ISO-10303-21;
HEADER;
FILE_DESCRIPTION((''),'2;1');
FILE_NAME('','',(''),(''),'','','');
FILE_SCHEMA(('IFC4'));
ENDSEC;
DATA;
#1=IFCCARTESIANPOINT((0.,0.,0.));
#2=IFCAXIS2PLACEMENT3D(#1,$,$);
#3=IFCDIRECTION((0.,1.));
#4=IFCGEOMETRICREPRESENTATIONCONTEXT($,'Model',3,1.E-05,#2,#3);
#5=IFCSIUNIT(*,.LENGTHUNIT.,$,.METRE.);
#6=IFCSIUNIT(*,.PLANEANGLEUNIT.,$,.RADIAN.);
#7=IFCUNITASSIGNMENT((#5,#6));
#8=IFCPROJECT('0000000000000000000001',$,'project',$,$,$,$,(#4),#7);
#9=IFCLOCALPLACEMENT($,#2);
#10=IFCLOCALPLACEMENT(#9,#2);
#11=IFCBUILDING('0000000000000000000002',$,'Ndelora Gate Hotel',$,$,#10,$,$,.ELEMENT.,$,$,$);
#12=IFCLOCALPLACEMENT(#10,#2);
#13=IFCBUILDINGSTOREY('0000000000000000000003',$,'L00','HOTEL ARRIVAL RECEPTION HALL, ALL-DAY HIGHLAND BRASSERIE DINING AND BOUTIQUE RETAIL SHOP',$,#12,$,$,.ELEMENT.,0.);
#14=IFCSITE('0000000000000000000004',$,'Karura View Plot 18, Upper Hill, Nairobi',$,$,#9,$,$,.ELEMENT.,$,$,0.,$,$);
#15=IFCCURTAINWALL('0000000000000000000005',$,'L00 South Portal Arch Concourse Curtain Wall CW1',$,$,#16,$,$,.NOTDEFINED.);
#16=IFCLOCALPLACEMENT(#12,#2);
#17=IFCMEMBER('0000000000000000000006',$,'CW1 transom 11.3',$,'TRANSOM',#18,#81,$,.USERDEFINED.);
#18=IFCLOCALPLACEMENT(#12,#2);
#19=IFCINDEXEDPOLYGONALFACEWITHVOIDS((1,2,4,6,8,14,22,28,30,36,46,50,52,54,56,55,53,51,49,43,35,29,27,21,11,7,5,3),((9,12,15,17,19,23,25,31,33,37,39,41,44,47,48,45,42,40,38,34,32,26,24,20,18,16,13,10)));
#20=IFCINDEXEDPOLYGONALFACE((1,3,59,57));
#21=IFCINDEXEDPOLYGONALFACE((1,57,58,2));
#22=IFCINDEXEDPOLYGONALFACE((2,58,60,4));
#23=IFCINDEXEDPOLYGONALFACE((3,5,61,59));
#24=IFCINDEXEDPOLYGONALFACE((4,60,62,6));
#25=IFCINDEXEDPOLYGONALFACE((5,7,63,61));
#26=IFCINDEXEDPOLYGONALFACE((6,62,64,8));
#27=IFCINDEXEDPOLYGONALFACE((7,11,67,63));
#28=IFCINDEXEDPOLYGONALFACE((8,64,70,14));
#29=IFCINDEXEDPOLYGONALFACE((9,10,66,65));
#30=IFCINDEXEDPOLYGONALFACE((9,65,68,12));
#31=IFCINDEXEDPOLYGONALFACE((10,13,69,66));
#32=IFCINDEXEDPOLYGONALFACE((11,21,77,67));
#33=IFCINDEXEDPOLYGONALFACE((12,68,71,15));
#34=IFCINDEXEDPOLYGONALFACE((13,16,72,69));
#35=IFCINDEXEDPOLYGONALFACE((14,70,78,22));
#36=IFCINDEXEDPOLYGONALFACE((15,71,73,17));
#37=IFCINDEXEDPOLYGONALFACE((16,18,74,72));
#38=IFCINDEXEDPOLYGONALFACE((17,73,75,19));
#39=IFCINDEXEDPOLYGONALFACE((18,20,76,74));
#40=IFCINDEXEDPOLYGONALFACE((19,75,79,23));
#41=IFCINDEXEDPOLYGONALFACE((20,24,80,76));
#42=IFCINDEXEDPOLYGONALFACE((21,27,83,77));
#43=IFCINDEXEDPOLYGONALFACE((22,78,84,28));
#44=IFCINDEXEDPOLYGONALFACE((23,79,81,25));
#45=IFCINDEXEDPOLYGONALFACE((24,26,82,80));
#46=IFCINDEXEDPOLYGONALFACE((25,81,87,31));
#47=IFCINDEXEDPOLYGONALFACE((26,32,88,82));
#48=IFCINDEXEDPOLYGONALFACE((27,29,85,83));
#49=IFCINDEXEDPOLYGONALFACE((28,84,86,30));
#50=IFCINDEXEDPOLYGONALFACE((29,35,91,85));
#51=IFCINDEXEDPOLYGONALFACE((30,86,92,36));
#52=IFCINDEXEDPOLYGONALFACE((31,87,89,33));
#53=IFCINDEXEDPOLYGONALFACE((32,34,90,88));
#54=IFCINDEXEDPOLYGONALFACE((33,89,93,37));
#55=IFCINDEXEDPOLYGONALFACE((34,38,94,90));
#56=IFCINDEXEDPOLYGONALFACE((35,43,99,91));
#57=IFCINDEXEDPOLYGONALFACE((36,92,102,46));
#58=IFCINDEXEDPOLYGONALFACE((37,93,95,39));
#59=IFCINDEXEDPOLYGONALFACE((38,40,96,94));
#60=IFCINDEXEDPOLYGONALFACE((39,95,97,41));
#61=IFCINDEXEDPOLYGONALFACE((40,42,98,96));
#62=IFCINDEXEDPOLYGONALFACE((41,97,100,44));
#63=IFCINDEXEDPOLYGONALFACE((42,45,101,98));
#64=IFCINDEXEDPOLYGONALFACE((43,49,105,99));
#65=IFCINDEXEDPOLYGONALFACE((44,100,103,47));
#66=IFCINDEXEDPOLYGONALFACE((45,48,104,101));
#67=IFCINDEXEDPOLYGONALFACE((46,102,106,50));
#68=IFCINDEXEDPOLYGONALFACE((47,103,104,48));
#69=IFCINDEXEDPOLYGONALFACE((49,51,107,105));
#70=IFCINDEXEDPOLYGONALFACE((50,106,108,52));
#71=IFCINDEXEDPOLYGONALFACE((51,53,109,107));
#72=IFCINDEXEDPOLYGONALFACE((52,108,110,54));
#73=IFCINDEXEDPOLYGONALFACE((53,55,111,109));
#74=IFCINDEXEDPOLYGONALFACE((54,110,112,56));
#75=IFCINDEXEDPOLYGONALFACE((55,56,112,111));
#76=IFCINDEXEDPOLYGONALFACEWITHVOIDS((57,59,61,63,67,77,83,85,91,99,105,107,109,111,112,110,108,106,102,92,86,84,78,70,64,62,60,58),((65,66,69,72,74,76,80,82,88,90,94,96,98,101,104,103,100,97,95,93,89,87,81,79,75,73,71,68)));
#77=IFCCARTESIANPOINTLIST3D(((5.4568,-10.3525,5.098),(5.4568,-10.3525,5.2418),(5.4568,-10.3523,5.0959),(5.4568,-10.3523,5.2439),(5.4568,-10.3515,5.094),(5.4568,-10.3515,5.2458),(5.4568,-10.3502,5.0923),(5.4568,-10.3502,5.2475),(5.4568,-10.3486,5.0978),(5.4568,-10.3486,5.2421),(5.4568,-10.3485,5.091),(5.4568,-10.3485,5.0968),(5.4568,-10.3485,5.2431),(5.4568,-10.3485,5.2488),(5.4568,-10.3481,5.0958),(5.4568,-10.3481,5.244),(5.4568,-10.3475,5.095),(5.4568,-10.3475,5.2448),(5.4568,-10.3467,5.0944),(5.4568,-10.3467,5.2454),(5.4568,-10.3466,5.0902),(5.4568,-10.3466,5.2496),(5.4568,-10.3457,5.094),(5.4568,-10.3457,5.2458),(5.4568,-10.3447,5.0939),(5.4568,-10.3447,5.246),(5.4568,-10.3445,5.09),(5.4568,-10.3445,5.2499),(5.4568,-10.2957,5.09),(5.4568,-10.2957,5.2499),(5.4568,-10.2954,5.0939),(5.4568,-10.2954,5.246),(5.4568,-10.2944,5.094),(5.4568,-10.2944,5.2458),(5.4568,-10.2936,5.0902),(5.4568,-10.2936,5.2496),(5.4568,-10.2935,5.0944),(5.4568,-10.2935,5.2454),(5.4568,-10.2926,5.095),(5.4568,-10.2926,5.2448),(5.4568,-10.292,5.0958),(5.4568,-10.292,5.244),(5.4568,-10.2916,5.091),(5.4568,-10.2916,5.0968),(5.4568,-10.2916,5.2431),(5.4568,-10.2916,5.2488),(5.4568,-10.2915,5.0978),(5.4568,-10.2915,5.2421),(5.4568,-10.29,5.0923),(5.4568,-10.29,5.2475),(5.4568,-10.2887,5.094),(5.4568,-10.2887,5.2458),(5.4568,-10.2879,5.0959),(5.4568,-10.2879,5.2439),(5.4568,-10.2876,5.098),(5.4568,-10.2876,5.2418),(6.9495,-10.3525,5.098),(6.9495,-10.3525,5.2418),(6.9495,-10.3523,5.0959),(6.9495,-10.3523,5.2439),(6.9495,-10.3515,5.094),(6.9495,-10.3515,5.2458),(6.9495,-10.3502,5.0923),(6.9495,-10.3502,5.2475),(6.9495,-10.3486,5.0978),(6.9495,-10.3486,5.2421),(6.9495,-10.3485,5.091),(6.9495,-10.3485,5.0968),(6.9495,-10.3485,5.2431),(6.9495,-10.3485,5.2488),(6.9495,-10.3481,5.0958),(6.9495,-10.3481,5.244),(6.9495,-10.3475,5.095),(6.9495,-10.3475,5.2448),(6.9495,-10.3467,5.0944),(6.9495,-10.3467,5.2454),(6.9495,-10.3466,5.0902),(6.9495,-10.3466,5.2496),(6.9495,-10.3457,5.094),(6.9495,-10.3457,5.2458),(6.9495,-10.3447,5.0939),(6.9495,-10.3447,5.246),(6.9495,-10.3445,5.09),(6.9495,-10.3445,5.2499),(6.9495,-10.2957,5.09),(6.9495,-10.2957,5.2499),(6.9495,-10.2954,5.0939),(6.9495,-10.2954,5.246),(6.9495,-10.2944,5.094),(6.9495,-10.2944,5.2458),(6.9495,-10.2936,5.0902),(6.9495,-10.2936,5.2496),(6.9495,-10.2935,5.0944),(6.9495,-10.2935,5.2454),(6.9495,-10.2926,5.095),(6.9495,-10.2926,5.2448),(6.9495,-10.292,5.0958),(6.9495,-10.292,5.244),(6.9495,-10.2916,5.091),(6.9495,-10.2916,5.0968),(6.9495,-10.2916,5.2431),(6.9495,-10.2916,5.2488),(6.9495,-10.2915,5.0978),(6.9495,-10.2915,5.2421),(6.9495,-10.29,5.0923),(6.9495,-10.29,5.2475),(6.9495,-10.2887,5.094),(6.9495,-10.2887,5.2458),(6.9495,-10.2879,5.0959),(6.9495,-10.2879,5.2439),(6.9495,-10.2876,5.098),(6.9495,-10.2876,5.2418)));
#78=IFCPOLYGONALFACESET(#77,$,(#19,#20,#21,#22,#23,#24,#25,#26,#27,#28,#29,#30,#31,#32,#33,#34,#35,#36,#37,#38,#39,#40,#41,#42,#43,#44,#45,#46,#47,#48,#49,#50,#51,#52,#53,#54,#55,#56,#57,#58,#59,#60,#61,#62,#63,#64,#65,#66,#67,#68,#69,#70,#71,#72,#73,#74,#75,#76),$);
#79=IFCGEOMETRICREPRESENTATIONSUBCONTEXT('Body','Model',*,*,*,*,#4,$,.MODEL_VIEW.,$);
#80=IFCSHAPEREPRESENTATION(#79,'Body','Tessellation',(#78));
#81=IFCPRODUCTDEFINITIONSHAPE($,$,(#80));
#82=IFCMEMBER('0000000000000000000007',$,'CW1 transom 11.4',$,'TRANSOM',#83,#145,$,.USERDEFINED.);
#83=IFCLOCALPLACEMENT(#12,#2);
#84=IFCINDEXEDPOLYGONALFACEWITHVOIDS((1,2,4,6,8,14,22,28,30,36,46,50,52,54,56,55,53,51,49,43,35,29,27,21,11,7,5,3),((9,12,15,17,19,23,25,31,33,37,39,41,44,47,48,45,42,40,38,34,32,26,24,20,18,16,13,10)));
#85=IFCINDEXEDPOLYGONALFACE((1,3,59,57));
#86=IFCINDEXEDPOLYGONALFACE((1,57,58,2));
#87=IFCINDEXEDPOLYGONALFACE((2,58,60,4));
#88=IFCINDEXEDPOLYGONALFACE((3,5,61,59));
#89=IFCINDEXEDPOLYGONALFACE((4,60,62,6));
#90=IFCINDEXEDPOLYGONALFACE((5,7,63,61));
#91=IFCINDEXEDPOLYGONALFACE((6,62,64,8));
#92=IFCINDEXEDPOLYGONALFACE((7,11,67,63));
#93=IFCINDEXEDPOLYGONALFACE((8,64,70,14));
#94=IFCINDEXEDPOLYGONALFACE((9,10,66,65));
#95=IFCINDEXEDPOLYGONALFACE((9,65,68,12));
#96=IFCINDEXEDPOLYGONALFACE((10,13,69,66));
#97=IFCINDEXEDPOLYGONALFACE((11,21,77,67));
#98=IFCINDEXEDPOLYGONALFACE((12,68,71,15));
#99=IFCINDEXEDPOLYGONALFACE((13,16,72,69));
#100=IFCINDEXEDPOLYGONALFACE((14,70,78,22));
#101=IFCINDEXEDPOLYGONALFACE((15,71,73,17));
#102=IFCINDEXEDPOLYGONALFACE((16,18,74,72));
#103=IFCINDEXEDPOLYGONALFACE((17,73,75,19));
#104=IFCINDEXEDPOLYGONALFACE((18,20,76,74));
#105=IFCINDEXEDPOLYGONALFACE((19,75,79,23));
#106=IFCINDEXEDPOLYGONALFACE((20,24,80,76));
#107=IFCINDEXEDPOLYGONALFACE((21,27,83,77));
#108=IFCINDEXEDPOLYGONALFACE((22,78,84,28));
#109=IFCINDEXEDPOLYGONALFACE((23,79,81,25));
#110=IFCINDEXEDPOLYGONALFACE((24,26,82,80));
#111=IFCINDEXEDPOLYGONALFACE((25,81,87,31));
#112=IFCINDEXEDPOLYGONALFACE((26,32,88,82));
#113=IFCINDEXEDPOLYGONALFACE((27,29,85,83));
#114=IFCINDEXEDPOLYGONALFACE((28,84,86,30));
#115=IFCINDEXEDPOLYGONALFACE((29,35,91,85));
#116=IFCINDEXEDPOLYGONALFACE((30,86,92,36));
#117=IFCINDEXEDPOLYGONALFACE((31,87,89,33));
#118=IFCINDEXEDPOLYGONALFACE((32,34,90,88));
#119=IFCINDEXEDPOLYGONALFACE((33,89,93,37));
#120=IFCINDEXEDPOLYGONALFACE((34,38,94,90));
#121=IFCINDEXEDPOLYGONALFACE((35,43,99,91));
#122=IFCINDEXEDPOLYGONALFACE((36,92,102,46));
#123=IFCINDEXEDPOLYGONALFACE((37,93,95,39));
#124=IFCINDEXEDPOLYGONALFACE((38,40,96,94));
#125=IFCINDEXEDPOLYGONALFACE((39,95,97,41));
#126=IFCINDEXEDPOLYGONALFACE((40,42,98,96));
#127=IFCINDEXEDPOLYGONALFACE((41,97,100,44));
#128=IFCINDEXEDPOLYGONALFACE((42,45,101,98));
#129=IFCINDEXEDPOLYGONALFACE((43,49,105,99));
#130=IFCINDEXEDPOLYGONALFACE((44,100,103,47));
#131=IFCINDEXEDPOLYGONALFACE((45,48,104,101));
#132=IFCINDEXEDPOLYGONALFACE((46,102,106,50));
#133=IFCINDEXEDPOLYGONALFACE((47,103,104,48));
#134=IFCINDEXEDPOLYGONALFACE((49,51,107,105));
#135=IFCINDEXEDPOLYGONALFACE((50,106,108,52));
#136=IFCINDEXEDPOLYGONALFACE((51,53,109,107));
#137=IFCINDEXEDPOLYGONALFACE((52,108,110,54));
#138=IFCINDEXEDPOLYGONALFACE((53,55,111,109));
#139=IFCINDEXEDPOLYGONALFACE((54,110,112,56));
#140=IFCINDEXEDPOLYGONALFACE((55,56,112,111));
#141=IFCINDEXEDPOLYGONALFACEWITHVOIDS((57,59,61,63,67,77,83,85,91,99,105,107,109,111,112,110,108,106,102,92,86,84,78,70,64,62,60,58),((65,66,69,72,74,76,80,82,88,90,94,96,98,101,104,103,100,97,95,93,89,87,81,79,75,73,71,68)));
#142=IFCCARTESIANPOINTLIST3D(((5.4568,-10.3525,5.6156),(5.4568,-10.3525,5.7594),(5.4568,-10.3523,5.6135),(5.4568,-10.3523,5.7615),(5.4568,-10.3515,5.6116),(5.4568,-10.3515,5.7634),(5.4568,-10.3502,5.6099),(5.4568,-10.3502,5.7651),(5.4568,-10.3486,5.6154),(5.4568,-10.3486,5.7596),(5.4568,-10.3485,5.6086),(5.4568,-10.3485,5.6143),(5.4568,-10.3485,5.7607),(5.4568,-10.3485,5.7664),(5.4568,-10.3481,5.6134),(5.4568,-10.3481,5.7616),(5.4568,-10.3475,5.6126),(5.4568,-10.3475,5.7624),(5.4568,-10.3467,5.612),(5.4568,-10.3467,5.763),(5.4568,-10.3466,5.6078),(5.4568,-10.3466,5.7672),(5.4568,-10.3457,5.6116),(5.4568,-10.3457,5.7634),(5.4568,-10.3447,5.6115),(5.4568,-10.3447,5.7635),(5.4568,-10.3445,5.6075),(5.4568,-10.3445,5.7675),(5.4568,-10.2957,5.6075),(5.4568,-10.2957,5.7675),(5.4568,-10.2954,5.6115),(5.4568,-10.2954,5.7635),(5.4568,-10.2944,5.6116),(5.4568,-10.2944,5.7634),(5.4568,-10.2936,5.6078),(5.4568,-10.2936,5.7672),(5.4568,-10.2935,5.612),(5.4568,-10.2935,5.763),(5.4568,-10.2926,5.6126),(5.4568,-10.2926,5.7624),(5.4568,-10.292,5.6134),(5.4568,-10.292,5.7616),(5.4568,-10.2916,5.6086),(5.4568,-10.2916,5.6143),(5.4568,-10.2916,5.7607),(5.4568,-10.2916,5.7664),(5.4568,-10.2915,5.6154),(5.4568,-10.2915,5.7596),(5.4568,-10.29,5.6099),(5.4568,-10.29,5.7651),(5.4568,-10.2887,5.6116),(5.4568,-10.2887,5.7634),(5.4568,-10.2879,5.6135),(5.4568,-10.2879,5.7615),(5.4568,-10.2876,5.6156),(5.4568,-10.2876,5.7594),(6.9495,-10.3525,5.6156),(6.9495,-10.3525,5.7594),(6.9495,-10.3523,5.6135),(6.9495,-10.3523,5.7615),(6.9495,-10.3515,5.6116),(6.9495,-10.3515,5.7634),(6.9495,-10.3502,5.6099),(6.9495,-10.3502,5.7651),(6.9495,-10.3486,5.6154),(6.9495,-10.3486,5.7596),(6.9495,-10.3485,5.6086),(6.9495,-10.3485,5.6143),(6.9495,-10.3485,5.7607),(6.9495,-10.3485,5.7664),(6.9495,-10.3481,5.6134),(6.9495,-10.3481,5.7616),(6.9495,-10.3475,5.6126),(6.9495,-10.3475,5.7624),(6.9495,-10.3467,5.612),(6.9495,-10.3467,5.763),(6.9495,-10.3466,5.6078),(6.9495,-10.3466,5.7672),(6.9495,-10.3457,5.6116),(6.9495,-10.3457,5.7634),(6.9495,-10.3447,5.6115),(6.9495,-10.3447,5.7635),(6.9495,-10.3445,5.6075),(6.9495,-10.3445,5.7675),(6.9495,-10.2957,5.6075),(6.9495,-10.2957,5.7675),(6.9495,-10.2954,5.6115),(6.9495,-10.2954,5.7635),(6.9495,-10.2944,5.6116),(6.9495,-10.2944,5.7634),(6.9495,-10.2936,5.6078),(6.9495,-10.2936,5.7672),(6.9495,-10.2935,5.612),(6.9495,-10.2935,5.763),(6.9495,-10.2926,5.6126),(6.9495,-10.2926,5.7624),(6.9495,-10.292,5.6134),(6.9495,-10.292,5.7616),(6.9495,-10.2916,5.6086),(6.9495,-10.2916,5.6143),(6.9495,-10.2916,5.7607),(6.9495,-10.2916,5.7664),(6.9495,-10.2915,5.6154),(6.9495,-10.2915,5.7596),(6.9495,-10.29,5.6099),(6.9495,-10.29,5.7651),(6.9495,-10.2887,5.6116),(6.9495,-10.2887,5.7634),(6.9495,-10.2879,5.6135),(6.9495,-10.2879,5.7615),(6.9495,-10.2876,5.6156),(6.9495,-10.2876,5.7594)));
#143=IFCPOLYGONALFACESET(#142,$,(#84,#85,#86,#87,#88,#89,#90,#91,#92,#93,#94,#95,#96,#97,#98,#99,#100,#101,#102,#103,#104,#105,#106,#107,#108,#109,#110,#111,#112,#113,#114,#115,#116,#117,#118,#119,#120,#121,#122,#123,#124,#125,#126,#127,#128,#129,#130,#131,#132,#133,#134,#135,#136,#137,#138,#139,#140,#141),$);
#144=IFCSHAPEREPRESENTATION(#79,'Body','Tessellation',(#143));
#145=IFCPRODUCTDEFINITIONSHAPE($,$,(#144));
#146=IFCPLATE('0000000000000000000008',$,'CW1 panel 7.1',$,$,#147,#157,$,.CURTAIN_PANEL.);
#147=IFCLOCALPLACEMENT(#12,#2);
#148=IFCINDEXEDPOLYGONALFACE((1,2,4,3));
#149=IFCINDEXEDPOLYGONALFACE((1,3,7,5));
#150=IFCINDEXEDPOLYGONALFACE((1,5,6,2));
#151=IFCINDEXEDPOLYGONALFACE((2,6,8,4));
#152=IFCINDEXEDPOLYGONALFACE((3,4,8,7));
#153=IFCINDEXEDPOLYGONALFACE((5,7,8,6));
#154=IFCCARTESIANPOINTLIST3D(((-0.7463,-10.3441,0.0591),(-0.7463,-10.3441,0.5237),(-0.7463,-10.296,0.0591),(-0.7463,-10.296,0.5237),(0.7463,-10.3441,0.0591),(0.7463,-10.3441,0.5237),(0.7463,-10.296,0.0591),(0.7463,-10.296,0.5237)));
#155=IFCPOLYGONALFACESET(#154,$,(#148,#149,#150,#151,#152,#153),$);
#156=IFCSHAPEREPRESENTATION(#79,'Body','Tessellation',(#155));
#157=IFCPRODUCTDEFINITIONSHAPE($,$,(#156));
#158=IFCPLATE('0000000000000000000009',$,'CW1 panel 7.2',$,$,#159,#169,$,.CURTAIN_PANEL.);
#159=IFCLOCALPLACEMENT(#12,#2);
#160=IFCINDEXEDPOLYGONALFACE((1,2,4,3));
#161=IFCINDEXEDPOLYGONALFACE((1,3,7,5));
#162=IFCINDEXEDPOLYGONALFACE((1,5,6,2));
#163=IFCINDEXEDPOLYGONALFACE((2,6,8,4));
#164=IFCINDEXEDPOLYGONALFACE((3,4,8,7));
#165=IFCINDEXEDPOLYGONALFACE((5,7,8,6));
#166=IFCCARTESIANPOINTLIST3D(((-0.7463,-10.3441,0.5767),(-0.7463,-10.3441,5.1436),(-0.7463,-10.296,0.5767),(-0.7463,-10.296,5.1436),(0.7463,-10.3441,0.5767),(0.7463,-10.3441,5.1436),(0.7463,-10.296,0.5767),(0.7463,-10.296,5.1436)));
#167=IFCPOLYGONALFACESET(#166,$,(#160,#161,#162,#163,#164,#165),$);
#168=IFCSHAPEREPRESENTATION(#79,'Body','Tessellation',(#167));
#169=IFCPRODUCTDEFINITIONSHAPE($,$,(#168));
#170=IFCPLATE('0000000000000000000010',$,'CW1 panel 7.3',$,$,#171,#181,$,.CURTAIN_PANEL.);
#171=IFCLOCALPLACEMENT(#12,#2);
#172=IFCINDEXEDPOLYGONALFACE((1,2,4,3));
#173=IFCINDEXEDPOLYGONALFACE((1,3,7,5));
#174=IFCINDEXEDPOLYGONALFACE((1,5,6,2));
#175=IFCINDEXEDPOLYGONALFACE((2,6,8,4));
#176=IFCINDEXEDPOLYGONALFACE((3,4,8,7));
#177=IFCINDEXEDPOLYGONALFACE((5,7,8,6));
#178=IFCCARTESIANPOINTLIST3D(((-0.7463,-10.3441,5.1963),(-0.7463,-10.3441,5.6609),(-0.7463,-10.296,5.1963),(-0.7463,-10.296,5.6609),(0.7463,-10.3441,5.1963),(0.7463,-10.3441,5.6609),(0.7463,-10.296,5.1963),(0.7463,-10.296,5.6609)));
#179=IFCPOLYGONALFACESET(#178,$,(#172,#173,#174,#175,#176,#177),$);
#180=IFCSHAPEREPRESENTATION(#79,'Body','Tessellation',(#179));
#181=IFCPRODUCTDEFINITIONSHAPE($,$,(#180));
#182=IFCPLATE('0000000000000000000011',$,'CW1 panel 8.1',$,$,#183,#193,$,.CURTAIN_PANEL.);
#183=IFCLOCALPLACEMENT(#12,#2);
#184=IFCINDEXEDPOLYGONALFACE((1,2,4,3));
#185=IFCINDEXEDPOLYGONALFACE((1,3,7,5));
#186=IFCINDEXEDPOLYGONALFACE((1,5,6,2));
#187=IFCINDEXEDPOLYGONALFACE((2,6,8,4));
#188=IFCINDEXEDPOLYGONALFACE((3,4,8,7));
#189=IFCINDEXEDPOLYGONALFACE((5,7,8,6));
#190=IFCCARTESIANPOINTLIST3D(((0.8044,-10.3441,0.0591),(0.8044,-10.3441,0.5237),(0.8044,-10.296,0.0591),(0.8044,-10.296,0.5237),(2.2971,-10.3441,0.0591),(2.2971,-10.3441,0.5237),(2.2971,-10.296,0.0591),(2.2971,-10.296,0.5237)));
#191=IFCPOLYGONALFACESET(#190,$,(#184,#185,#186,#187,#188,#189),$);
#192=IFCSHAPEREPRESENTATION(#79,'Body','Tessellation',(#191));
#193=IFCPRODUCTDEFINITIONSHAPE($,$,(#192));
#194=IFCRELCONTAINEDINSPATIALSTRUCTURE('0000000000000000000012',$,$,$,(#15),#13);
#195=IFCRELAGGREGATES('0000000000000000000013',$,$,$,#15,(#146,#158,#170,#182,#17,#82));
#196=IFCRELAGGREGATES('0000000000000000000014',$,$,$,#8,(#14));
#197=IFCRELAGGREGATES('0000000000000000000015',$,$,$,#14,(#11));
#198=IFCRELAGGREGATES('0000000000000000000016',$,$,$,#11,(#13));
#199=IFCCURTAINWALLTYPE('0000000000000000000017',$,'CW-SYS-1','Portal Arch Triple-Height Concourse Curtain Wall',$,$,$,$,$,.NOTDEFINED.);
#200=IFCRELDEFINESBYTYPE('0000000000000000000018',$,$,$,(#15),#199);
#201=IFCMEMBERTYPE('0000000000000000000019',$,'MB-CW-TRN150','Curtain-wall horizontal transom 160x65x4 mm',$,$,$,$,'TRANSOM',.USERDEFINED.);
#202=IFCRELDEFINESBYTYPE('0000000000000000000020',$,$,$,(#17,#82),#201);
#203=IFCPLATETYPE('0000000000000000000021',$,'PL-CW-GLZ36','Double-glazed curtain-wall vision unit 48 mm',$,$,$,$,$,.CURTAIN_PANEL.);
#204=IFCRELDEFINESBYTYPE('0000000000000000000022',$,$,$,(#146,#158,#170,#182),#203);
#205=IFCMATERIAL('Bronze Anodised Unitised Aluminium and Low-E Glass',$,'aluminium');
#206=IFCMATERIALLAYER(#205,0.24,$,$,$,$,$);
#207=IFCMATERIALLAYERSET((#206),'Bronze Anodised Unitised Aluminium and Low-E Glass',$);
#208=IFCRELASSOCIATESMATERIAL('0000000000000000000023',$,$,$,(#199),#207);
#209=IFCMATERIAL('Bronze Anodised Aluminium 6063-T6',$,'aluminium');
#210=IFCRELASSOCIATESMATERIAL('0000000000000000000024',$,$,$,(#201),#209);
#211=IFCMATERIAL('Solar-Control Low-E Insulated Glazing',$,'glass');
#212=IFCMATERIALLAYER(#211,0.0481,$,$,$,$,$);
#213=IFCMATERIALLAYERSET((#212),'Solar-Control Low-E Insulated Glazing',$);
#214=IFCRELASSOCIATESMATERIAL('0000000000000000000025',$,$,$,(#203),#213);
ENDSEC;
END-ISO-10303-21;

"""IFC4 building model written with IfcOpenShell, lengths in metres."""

from ifc_helpers import new_model, si_unit, direction, frame, origin, origin_2d, place, context, subcontext, project, spatial, rectangle, hollow_rectangle, extrude, material, layer, layer_set, material_profile, profile_set, type_object, element, aggregate, save


model = new_model("IFC4")

# Units and contexts
model_context = context("Model", 3, precision=1e-05, world=origin(), true_north=direction((0.0, 1.0)))
body_context = subcontext(model_context, "Body", "Model", "MODEL_VIEW")
ifc_project = project(units=[si_unit("LENGTHUNIT", "METRE"), si_unit("PLANEANGLEUNIT", "RADIAN")], contexts=[model_context])

# Site, building, storey
site_placement = place(None, origin())
site = spatial("IfcSite", under=ifc_project, at=site_placement, Name="Karura View Plot 18, Upper Hill, Nairobi", CompositionType="ELEMENT", RefElevation=0.0)
building_placement = place(site_placement, origin())
building = spatial("IfcBuilding", under=site, at=building_placement, Name="Ndelora Gate Hotel", CompositionType="ELEMENT")
storey_placement = place(building_placement, origin())
storey = spatial("IfcBuildingStorey", under=building, at=storey_placement, Name="L00", Description="HOTEL ARRIVAL RECEPTION HALL, ALL-DAY HIGHLAND BRASSERIE DINING AND BOUTIQUE RETAIL SHOP", CompositionType="ELEMENT", Elevation=0.0)

# Curtain wall, members, plates
ifc_material_1 = material(Name="Bronze Anodised Unitised Aluminium and Low-E Glass", Category="aluminium")
ifc_layer_1 = layer(ifc_material_1, 0.24)
ifc_layer_set_1 = layer_set([ifc_layer_1], Name="Bronze Anodised Unitised Aluminium and Low-E Glass")
curtain_wall_type = type_object("IfcCurtainWallType", Name="CW-SYS-1", Description="Portal Arch Triple-Height Concourse Curtain Wall", PredefinedType="NOTDEFINED", material=ifc_layer_set_1)
curtain_wall_placement = place(storey_placement, origin())
curtain_wall = element("IfcCurtainWall", 1, at=curtain_wall_placement, inside=storey, type_object=curtain_wall_type, Name="L00 South Portal Arch Concourse Curtain Wall CW1", PredefinedType="NOTDEFINED")
ifc_material_2 = material(Name="Bronze Anodised Aluminium 6063-T6", Category="aluminium")
ifc_material_profile_1 = material_profile(ifc_material_2, hollow_rectangle(XDim=0.0649, YDim=0.1599, WallThickness=0.0039, InnerFilletRadius=0.0039, OuterFilletRadius=0.0081, at=origin_2d()), Name="ALU 160x65x4")
ifc_profile_set_1 = profile_set([ifc_material_profile_1], Name="Bronze Anodised Aluminium 6063-T6")
member_type_1 = type_object("IfcMemberType", Name="MB-CW-TRN150", Description="Curtain-wall horizontal transom 160x65x4 mm", ElementType="TRANSOM", PredefinedType="USERDEFINED", material=ifc_profile_set_1)
member_1_placement = place(storey_placement, frame((5.4568, -10.3201, 5.1699), z_axis=(1.0, 0.0, 0.0), x_axis=(0.0, 1.0, 0.0)))
member_1 = element("IfcMember", 2, at=member_1_placement, type_object=member_type_1, Name="CW1 transom 11.3", ObjectType="TRANSOM", PredefinedType="USERDEFINED", context=body_context, shape_type="SweptSolid", body=[
    extrude(hollow_rectangle(XDim=0.0649, YDim=0.1599, WallThickness=0.0039, InnerFilletRadius=0.0039, OuterFilletRadius=0.0081, at=origin_2d()), origin(), (0.0, 0.0, 1.0), 1.4927),
])
member_2_placement = place(storey_placement, frame((5.4568, -10.3201, 5.6875), z_axis=(1.0, 0.0, 0.0), x_axis=(0.0, 1.0, 0.0)))
member_2 = element("IfcMember", 3, at=member_2_placement, type_object=member_type_1, Name="CW1 transom 11.4", ObjectType="TRANSOM", PredefinedType="USERDEFINED", context=body_context, shape_type="SweptSolid", body=[
    extrude(hollow_rectangle(XDim=0.0649, YDim=0.1599, WallThickness=0.0039, InnerFilletRadius=0.0039, OuterFilletRadius=0.0081, at=origin_2d()), origin(), (0.0, 0.0, 1.0), 1.4927),
])
ifc_material_3 = material(Name="Solar-Control Low-E Insulated Glazing", Category="glass")
ifc_layer_2 = layer(ifc_material_3, 0.0481)
ifc_layer_set_2 = layer_set([ifc_layer_2], Name="Solar-Control Low-E Insulated Glazing")
plate_type = type_object("IfcPlateType", Name="PL-CW-GLZ36", Description="Double-glazed curtain-wall vision unit 48 mm", PredefinedType="CURTAIN_PANEL", material=ifc_layer_set_2)
plate_1_placement = place(storey_placement, frame((0.0, -10.3201, 0.0591), z_axis=(0.0, 0.0, 1.0), x_axis=(1.0, 0.0, 0.0)))
plate_1 = element("IfcPlate", 4, at=plate_1_placement, type_object=plate_type, Name="CW1 panel 7.1", PredefinedType="CURTAIN_PANEL", context=body_context, shape_type="SweptSolid", body=[
    extrude(rectangle(XDim=1.4927, YDim=0.0481, at=origin_2d()), origin(), (0.0, 0.0, 1.0), 0.4646),
])
plate_2_placement = place(storey_placement, frame((0.0, -10.3201, 0.5767), z_axis=(0.0, 0.0, 1.0), x_axis=(1.0, 0.0, 0.0)))
plate_2 = element("IfcPlate", 5, at=plate_2_placement, type_object=plate_type, Name="CW1 panel 7.2", PredefinedType="CURTAIN_PANEL", context=body_context, shape_type="SweptSolid", body=[
    extrude(rectangle(XDim=1.4927, YDim=0.0481, at=origin_2d()), origin(), (0.0, 0.0, 1.0), 4.5669),
])
plate_3_placement = place(storey_placement, frame((0.0, -10.3201, 5.1963), z_axis=(0.0, 0.0, 1.0), x_axis=(1.0, 0.0, 0.0)))
plate_3 = element("IfcPlate", 6, at=plate_3_placement, type_object=plate_type, Name="CW1 panel 7.3", PredefinedType="CURTAIN_PANEL", context=body_context, shape_type="SweptSolid", body=[
    extrude(rectangle(XDim=1.4927, YDim=0.0481, at=origin_2d()), origin(), (0.0, 0.0, 1.0), 0.4646),
])
plate_4_placement = place(storey_placement, frame((1.5508, -10.3201, 0.0591), z_axis=(0.0, 0.0, 1.0), x_axis=(1.0, 0.0, 0.0)))
plate_4 = element("IfcPlate", 7, at=plate_4_placement, type_object=plate_type, Name="CW1 panel 8.1", PredefinedType="CURTAIN_PANEL", context=body_context, shape_type="SweptSolid", body=[
    extrude(rectangle(XDim=1.4927, YDim=0.0481, at=origin_2d()), origin(), (0.0, 0.0, 1.0), 0.4646),
])
aggregate(curtain_wall, [plate_1, plate_2, plate_3, plate_4, member_1, member_2])

save(model, "model.ifc")
